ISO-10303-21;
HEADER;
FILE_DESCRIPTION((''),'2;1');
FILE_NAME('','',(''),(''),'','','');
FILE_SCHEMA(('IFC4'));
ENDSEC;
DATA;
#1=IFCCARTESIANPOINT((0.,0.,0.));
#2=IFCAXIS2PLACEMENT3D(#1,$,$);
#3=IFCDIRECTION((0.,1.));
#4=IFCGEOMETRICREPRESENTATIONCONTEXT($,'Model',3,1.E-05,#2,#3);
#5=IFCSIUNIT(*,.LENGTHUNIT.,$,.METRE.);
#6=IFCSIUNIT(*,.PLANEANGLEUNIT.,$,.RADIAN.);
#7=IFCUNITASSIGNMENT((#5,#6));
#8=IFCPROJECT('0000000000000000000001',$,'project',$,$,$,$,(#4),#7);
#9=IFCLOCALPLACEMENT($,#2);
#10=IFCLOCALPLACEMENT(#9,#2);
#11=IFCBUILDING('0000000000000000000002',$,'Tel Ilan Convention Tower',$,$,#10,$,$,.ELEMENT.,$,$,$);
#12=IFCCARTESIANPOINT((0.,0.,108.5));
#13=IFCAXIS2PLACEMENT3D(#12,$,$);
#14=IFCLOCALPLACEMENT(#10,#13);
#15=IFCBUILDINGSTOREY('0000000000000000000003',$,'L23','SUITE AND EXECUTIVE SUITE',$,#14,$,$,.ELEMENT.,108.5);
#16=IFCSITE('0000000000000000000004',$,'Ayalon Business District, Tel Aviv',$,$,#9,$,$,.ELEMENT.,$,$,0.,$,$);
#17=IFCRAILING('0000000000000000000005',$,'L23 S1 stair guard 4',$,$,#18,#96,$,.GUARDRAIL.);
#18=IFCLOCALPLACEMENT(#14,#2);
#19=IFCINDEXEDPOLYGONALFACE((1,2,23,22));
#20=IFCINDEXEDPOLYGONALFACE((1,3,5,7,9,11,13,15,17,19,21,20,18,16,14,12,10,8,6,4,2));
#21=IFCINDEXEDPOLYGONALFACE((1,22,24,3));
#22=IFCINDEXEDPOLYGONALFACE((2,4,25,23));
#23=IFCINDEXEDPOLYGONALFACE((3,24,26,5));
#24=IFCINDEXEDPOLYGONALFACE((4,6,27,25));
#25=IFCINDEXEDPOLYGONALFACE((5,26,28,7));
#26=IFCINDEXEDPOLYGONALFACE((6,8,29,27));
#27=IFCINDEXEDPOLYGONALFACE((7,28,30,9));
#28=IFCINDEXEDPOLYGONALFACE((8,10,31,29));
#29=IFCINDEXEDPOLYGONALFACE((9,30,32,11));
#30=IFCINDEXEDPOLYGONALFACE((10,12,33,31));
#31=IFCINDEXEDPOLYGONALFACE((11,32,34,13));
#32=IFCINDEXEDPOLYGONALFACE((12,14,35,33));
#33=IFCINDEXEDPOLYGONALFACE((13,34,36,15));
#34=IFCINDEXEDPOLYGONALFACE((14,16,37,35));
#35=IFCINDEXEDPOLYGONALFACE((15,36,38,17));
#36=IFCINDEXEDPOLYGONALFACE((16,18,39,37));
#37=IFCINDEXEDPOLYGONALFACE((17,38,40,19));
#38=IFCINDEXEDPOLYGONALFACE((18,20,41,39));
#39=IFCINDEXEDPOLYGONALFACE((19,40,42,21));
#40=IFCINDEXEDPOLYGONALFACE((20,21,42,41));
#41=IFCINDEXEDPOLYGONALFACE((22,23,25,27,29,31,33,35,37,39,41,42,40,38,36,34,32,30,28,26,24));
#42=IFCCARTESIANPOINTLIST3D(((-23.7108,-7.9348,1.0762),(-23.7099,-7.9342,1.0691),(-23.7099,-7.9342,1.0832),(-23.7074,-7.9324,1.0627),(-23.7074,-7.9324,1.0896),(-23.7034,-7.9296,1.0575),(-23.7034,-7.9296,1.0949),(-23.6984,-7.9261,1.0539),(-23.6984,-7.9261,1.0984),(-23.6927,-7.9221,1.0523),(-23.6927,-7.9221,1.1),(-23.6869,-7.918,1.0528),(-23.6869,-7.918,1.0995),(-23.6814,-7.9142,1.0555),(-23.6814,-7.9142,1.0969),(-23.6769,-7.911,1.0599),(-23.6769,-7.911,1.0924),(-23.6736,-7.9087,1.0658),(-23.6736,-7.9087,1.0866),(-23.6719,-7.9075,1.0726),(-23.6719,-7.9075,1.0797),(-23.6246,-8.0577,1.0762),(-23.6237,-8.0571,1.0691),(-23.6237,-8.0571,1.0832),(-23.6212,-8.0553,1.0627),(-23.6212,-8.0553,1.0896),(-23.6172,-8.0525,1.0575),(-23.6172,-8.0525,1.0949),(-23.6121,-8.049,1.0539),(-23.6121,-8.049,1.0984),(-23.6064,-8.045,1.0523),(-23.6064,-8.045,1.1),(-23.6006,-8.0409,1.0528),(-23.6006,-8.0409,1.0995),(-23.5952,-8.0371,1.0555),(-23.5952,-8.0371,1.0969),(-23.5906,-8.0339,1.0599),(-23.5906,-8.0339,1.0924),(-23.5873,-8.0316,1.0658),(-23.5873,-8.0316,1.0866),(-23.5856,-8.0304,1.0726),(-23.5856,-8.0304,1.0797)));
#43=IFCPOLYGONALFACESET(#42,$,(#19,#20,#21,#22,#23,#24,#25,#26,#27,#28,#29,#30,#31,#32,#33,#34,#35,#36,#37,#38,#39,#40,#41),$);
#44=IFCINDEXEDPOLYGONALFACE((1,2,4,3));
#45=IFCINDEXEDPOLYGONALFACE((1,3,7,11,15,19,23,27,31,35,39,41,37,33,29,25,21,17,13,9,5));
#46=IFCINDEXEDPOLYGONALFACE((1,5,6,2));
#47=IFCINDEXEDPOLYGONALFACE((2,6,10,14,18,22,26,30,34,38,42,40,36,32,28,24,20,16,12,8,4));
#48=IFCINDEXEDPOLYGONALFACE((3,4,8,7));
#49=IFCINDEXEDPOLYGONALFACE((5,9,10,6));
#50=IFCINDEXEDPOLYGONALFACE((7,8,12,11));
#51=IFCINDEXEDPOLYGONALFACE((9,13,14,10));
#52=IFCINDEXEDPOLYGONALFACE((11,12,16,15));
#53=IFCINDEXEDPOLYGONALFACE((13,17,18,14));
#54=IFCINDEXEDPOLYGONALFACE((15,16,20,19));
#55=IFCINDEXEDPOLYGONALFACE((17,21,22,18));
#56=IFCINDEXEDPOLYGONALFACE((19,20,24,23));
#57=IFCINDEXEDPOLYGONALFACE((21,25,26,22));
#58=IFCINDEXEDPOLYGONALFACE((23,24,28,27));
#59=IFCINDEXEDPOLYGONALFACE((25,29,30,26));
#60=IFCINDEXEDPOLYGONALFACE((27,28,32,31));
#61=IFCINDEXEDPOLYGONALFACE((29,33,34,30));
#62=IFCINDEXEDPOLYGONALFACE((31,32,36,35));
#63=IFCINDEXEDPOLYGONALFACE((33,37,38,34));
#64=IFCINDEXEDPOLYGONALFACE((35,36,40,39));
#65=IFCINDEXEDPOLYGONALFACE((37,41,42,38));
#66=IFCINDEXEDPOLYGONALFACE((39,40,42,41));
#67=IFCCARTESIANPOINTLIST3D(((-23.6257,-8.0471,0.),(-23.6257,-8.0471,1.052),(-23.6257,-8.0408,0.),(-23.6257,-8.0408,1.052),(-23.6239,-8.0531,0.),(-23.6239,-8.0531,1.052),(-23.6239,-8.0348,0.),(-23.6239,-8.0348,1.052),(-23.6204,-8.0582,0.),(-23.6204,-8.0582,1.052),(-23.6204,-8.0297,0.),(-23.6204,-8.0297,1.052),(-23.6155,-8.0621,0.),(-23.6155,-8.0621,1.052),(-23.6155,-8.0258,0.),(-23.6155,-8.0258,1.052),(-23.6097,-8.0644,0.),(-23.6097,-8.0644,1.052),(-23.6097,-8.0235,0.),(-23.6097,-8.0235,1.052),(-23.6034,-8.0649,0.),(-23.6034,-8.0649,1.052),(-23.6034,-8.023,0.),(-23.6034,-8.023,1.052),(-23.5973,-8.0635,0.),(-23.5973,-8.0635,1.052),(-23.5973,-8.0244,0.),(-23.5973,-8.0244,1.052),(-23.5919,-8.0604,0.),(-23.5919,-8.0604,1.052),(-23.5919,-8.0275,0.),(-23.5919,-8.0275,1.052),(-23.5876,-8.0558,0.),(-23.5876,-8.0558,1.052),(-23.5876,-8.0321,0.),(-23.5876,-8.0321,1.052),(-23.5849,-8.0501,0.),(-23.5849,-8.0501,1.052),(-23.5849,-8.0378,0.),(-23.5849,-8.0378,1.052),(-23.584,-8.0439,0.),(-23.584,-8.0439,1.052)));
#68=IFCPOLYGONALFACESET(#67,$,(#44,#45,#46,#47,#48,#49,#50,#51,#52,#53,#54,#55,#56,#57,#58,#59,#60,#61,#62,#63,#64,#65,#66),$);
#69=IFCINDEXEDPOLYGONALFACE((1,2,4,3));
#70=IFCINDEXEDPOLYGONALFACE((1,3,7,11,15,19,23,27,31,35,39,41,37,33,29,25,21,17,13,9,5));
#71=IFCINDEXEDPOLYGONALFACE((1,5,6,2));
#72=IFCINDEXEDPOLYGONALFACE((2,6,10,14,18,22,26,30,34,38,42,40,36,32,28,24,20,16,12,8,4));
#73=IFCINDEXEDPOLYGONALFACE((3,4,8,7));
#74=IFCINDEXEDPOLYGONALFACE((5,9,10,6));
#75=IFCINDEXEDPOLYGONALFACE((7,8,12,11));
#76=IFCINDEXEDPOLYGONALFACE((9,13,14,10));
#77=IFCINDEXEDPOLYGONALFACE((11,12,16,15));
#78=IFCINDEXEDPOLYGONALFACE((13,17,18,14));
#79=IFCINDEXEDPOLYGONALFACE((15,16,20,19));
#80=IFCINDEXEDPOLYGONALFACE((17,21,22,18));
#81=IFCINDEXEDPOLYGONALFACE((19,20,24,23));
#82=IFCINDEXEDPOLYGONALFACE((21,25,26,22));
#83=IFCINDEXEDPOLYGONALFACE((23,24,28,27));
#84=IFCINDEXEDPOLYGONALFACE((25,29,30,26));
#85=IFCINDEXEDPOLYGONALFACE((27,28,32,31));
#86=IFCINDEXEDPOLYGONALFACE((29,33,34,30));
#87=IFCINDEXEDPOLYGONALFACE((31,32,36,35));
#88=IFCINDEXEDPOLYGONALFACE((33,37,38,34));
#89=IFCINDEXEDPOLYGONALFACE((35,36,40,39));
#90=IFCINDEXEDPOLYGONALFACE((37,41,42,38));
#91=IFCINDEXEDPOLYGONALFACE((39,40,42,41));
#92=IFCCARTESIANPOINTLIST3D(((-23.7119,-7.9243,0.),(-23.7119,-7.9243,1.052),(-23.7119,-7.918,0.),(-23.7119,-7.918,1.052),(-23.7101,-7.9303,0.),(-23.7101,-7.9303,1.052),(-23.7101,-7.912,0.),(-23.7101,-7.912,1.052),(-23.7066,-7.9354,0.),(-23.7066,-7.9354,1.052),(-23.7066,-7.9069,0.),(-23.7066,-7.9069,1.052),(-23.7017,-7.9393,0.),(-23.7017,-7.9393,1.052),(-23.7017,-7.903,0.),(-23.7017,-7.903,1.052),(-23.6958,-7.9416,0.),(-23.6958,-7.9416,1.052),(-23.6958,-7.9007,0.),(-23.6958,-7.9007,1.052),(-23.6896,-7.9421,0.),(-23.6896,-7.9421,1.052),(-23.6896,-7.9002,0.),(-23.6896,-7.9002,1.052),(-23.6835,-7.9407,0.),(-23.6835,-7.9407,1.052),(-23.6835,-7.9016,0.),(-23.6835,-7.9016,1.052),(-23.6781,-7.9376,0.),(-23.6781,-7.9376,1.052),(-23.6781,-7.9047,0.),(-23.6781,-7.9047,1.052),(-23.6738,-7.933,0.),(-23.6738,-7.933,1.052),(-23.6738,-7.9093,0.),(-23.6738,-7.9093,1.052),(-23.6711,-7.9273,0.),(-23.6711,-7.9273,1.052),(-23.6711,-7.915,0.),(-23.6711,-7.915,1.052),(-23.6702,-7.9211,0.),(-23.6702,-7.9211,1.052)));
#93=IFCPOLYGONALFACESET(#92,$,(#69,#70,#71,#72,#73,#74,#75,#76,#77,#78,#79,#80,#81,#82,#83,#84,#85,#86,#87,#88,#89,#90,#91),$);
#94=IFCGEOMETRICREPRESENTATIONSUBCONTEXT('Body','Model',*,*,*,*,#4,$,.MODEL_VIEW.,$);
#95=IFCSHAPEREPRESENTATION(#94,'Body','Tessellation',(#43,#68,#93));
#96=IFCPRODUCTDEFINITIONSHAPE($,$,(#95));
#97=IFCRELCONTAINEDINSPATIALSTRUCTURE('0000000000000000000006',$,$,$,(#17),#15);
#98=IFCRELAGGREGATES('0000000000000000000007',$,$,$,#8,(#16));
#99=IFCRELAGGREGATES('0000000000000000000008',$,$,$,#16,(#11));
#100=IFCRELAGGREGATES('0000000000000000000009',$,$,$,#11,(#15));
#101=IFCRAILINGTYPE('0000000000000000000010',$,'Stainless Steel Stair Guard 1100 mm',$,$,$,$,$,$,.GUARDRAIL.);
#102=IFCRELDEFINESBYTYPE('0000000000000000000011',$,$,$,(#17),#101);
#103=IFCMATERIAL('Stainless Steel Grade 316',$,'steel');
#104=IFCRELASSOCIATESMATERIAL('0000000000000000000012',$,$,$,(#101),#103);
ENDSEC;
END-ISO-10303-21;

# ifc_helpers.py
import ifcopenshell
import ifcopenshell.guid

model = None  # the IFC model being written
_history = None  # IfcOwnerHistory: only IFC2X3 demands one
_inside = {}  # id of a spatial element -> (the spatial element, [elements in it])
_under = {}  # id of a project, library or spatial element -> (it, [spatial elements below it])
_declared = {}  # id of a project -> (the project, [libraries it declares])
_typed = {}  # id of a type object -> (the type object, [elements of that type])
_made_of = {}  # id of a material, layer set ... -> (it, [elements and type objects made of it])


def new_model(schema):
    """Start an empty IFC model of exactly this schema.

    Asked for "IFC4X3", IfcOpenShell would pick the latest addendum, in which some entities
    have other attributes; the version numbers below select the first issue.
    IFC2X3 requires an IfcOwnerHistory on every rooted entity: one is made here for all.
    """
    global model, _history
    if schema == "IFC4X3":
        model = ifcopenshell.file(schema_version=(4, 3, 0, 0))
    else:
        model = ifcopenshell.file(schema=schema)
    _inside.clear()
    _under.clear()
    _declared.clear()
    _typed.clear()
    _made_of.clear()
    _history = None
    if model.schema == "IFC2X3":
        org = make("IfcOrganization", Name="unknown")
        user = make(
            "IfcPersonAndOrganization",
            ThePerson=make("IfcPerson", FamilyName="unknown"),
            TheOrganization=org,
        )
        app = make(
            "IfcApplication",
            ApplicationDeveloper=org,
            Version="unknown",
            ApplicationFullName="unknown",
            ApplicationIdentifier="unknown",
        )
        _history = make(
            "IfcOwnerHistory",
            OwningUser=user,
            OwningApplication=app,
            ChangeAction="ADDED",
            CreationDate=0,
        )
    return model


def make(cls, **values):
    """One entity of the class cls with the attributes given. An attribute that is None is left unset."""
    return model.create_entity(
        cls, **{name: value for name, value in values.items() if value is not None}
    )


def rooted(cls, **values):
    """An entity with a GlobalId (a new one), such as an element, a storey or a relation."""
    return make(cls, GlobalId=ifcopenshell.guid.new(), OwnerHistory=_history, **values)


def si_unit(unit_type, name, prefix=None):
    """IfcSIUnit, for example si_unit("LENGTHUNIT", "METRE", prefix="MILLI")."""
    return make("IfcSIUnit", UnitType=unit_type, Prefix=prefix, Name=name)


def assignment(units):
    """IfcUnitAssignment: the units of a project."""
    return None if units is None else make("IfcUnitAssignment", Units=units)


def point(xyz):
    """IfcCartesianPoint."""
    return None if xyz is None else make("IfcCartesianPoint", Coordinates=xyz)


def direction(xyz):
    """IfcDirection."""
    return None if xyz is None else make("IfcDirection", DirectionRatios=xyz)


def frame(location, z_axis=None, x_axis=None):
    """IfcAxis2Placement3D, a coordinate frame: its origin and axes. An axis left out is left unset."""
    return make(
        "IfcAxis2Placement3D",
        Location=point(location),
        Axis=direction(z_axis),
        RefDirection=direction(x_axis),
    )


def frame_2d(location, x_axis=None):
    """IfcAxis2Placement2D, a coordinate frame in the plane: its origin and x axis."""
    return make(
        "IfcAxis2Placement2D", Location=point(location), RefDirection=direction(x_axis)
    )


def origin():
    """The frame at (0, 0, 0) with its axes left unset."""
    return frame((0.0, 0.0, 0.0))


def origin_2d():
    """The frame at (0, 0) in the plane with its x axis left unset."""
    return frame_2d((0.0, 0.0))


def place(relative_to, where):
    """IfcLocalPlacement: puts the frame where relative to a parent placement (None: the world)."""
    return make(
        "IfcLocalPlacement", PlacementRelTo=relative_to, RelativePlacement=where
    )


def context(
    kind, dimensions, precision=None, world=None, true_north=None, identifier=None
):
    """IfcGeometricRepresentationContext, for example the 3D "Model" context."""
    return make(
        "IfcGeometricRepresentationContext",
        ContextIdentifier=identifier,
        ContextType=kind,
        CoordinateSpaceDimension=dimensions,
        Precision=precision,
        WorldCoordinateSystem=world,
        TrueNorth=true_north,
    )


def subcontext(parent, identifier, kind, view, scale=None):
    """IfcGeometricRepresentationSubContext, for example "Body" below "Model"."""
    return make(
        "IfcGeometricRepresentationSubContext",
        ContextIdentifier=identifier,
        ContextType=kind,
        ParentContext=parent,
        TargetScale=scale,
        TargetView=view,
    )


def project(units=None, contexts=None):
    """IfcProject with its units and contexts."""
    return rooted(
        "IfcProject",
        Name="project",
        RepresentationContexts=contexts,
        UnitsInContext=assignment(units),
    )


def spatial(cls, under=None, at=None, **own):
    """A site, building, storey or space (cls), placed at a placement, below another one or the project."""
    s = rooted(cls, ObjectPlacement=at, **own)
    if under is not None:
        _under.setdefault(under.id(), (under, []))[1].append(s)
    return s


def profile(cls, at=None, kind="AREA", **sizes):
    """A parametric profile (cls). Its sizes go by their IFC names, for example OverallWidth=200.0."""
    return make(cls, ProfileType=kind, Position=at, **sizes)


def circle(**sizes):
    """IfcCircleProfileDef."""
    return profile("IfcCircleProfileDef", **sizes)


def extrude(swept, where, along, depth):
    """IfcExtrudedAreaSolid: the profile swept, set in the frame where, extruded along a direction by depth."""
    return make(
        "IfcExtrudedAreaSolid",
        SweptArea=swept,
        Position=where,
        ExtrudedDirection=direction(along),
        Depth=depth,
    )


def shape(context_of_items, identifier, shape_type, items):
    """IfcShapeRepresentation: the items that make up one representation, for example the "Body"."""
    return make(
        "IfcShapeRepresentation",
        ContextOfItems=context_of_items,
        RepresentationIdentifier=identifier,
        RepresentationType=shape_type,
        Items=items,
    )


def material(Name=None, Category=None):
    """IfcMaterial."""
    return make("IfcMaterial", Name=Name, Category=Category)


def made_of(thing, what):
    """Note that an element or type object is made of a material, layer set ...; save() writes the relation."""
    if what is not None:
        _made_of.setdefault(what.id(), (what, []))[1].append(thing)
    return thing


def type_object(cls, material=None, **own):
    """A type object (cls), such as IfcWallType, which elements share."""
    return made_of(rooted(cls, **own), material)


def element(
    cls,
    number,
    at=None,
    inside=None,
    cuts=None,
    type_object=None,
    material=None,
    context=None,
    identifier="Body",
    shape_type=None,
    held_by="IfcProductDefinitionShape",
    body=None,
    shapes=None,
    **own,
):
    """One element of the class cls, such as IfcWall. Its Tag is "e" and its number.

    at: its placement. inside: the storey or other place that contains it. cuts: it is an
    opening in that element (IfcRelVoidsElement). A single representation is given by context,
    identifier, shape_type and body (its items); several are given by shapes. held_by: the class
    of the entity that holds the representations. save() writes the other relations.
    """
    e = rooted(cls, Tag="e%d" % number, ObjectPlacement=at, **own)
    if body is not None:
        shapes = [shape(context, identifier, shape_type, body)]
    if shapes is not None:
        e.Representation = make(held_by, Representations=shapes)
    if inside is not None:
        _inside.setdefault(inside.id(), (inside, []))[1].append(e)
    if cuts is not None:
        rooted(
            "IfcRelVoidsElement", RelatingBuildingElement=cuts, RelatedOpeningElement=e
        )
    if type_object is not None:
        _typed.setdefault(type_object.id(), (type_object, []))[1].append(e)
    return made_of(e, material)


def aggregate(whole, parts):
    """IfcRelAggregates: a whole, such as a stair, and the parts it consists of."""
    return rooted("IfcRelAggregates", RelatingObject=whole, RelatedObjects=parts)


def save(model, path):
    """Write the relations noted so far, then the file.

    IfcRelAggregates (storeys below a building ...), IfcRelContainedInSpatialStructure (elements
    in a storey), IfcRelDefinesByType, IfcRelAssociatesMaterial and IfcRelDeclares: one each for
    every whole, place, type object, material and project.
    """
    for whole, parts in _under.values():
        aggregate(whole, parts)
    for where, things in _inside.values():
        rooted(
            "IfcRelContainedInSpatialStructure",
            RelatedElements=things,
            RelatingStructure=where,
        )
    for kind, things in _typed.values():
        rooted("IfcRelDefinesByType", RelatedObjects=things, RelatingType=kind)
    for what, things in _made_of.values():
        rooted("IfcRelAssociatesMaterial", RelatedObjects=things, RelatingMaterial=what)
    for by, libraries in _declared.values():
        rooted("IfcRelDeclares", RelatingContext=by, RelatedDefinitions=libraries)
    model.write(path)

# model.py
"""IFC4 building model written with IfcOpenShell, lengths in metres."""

from ifc_helpers import new_model, si_unit, direction, frame, origin, origin_2d, place, context, subcontext, project, spatial, circle, extrude, material, type_object, element, save


model = new_model("IFC4")

# Units and contexts
model_context = context("Model", 3, precision=1e-05, world=origin(), true_north=direction((0.0, 1.0)))
body_context = subcontext(model_context, "Body", "Model", "MODEL_VIEW")
ifc_project = project(units=[si_unit("LENGTHUNIT", "METRE"), si_unit("PLANEANGLEUNIT", "RADIAN")], contexts=[model_context])

# Site, building, storey
site_placement = place(None, origin())
site = spatial("IfcSite", under=ifc_project, at=site_placement, Name="Ayalon Business District, Tel Aviv", CompositionType="ELEMENT", RefElevation=0.0)
building_placement = place(site_placement, origin())
building = spatial("IfcBuilding", under=site, at=building_placement, Name="Tel Ilan Convention Tower", CompositionType="ELEMENT")
storey_placement = place(building_placement, frame((0.0, 0.0, 108.5)))
storey = spatial("IfcBuildingStorey", under=building, at=storey_placement, Name="L23", Description="SUITE AND EXECUTIVE SUITE", CompositionType="ELEMENT", Elevation=108.5)

# Railing
ifc_material_1 = material(Name="Stainless Steel Grade 316", Category="steel")
railing_type_1 = type_object("IfcRailingType", Name="Stainless Steel Stair Guard 1100 mm", PredefinedType="GUARDRAIL", material=ifc_material_1)
railing_1_placement = place(storey_placement, frame((-23.605, -8.0439, 0.0)))
element("IfcRailing", 1, at=railing_1_placement, inside=storey, type_object=railing_type_1, Name="L23 S1 stair guard 4", PredefinedType="GUARDRAIL", context=body_context, shape_type="SweptSolid", body=[
    extrude(circle(Radius=0.0239, at=origin_2d()), frame((0.0, 0.0, 1.0762), z_axis=(-0.574445, 0.818543, 0.0), x_axis=(-0.818543, -0.574445, 0.0)), (0.0, 0.0, 1.0), 0.1501),
    extrude(circle(Radius=0.021, at=origin_2d()), origin(), (0.0, 0.0, 1.0), 1.052),
    extrude(circle(Radius=0.021, at=origin_2d()), frame((-0.0862, 0.1228, 0.0)), (0.0, 0.0, 1.0), 1.052),
])

save(model, "model.ifc")
